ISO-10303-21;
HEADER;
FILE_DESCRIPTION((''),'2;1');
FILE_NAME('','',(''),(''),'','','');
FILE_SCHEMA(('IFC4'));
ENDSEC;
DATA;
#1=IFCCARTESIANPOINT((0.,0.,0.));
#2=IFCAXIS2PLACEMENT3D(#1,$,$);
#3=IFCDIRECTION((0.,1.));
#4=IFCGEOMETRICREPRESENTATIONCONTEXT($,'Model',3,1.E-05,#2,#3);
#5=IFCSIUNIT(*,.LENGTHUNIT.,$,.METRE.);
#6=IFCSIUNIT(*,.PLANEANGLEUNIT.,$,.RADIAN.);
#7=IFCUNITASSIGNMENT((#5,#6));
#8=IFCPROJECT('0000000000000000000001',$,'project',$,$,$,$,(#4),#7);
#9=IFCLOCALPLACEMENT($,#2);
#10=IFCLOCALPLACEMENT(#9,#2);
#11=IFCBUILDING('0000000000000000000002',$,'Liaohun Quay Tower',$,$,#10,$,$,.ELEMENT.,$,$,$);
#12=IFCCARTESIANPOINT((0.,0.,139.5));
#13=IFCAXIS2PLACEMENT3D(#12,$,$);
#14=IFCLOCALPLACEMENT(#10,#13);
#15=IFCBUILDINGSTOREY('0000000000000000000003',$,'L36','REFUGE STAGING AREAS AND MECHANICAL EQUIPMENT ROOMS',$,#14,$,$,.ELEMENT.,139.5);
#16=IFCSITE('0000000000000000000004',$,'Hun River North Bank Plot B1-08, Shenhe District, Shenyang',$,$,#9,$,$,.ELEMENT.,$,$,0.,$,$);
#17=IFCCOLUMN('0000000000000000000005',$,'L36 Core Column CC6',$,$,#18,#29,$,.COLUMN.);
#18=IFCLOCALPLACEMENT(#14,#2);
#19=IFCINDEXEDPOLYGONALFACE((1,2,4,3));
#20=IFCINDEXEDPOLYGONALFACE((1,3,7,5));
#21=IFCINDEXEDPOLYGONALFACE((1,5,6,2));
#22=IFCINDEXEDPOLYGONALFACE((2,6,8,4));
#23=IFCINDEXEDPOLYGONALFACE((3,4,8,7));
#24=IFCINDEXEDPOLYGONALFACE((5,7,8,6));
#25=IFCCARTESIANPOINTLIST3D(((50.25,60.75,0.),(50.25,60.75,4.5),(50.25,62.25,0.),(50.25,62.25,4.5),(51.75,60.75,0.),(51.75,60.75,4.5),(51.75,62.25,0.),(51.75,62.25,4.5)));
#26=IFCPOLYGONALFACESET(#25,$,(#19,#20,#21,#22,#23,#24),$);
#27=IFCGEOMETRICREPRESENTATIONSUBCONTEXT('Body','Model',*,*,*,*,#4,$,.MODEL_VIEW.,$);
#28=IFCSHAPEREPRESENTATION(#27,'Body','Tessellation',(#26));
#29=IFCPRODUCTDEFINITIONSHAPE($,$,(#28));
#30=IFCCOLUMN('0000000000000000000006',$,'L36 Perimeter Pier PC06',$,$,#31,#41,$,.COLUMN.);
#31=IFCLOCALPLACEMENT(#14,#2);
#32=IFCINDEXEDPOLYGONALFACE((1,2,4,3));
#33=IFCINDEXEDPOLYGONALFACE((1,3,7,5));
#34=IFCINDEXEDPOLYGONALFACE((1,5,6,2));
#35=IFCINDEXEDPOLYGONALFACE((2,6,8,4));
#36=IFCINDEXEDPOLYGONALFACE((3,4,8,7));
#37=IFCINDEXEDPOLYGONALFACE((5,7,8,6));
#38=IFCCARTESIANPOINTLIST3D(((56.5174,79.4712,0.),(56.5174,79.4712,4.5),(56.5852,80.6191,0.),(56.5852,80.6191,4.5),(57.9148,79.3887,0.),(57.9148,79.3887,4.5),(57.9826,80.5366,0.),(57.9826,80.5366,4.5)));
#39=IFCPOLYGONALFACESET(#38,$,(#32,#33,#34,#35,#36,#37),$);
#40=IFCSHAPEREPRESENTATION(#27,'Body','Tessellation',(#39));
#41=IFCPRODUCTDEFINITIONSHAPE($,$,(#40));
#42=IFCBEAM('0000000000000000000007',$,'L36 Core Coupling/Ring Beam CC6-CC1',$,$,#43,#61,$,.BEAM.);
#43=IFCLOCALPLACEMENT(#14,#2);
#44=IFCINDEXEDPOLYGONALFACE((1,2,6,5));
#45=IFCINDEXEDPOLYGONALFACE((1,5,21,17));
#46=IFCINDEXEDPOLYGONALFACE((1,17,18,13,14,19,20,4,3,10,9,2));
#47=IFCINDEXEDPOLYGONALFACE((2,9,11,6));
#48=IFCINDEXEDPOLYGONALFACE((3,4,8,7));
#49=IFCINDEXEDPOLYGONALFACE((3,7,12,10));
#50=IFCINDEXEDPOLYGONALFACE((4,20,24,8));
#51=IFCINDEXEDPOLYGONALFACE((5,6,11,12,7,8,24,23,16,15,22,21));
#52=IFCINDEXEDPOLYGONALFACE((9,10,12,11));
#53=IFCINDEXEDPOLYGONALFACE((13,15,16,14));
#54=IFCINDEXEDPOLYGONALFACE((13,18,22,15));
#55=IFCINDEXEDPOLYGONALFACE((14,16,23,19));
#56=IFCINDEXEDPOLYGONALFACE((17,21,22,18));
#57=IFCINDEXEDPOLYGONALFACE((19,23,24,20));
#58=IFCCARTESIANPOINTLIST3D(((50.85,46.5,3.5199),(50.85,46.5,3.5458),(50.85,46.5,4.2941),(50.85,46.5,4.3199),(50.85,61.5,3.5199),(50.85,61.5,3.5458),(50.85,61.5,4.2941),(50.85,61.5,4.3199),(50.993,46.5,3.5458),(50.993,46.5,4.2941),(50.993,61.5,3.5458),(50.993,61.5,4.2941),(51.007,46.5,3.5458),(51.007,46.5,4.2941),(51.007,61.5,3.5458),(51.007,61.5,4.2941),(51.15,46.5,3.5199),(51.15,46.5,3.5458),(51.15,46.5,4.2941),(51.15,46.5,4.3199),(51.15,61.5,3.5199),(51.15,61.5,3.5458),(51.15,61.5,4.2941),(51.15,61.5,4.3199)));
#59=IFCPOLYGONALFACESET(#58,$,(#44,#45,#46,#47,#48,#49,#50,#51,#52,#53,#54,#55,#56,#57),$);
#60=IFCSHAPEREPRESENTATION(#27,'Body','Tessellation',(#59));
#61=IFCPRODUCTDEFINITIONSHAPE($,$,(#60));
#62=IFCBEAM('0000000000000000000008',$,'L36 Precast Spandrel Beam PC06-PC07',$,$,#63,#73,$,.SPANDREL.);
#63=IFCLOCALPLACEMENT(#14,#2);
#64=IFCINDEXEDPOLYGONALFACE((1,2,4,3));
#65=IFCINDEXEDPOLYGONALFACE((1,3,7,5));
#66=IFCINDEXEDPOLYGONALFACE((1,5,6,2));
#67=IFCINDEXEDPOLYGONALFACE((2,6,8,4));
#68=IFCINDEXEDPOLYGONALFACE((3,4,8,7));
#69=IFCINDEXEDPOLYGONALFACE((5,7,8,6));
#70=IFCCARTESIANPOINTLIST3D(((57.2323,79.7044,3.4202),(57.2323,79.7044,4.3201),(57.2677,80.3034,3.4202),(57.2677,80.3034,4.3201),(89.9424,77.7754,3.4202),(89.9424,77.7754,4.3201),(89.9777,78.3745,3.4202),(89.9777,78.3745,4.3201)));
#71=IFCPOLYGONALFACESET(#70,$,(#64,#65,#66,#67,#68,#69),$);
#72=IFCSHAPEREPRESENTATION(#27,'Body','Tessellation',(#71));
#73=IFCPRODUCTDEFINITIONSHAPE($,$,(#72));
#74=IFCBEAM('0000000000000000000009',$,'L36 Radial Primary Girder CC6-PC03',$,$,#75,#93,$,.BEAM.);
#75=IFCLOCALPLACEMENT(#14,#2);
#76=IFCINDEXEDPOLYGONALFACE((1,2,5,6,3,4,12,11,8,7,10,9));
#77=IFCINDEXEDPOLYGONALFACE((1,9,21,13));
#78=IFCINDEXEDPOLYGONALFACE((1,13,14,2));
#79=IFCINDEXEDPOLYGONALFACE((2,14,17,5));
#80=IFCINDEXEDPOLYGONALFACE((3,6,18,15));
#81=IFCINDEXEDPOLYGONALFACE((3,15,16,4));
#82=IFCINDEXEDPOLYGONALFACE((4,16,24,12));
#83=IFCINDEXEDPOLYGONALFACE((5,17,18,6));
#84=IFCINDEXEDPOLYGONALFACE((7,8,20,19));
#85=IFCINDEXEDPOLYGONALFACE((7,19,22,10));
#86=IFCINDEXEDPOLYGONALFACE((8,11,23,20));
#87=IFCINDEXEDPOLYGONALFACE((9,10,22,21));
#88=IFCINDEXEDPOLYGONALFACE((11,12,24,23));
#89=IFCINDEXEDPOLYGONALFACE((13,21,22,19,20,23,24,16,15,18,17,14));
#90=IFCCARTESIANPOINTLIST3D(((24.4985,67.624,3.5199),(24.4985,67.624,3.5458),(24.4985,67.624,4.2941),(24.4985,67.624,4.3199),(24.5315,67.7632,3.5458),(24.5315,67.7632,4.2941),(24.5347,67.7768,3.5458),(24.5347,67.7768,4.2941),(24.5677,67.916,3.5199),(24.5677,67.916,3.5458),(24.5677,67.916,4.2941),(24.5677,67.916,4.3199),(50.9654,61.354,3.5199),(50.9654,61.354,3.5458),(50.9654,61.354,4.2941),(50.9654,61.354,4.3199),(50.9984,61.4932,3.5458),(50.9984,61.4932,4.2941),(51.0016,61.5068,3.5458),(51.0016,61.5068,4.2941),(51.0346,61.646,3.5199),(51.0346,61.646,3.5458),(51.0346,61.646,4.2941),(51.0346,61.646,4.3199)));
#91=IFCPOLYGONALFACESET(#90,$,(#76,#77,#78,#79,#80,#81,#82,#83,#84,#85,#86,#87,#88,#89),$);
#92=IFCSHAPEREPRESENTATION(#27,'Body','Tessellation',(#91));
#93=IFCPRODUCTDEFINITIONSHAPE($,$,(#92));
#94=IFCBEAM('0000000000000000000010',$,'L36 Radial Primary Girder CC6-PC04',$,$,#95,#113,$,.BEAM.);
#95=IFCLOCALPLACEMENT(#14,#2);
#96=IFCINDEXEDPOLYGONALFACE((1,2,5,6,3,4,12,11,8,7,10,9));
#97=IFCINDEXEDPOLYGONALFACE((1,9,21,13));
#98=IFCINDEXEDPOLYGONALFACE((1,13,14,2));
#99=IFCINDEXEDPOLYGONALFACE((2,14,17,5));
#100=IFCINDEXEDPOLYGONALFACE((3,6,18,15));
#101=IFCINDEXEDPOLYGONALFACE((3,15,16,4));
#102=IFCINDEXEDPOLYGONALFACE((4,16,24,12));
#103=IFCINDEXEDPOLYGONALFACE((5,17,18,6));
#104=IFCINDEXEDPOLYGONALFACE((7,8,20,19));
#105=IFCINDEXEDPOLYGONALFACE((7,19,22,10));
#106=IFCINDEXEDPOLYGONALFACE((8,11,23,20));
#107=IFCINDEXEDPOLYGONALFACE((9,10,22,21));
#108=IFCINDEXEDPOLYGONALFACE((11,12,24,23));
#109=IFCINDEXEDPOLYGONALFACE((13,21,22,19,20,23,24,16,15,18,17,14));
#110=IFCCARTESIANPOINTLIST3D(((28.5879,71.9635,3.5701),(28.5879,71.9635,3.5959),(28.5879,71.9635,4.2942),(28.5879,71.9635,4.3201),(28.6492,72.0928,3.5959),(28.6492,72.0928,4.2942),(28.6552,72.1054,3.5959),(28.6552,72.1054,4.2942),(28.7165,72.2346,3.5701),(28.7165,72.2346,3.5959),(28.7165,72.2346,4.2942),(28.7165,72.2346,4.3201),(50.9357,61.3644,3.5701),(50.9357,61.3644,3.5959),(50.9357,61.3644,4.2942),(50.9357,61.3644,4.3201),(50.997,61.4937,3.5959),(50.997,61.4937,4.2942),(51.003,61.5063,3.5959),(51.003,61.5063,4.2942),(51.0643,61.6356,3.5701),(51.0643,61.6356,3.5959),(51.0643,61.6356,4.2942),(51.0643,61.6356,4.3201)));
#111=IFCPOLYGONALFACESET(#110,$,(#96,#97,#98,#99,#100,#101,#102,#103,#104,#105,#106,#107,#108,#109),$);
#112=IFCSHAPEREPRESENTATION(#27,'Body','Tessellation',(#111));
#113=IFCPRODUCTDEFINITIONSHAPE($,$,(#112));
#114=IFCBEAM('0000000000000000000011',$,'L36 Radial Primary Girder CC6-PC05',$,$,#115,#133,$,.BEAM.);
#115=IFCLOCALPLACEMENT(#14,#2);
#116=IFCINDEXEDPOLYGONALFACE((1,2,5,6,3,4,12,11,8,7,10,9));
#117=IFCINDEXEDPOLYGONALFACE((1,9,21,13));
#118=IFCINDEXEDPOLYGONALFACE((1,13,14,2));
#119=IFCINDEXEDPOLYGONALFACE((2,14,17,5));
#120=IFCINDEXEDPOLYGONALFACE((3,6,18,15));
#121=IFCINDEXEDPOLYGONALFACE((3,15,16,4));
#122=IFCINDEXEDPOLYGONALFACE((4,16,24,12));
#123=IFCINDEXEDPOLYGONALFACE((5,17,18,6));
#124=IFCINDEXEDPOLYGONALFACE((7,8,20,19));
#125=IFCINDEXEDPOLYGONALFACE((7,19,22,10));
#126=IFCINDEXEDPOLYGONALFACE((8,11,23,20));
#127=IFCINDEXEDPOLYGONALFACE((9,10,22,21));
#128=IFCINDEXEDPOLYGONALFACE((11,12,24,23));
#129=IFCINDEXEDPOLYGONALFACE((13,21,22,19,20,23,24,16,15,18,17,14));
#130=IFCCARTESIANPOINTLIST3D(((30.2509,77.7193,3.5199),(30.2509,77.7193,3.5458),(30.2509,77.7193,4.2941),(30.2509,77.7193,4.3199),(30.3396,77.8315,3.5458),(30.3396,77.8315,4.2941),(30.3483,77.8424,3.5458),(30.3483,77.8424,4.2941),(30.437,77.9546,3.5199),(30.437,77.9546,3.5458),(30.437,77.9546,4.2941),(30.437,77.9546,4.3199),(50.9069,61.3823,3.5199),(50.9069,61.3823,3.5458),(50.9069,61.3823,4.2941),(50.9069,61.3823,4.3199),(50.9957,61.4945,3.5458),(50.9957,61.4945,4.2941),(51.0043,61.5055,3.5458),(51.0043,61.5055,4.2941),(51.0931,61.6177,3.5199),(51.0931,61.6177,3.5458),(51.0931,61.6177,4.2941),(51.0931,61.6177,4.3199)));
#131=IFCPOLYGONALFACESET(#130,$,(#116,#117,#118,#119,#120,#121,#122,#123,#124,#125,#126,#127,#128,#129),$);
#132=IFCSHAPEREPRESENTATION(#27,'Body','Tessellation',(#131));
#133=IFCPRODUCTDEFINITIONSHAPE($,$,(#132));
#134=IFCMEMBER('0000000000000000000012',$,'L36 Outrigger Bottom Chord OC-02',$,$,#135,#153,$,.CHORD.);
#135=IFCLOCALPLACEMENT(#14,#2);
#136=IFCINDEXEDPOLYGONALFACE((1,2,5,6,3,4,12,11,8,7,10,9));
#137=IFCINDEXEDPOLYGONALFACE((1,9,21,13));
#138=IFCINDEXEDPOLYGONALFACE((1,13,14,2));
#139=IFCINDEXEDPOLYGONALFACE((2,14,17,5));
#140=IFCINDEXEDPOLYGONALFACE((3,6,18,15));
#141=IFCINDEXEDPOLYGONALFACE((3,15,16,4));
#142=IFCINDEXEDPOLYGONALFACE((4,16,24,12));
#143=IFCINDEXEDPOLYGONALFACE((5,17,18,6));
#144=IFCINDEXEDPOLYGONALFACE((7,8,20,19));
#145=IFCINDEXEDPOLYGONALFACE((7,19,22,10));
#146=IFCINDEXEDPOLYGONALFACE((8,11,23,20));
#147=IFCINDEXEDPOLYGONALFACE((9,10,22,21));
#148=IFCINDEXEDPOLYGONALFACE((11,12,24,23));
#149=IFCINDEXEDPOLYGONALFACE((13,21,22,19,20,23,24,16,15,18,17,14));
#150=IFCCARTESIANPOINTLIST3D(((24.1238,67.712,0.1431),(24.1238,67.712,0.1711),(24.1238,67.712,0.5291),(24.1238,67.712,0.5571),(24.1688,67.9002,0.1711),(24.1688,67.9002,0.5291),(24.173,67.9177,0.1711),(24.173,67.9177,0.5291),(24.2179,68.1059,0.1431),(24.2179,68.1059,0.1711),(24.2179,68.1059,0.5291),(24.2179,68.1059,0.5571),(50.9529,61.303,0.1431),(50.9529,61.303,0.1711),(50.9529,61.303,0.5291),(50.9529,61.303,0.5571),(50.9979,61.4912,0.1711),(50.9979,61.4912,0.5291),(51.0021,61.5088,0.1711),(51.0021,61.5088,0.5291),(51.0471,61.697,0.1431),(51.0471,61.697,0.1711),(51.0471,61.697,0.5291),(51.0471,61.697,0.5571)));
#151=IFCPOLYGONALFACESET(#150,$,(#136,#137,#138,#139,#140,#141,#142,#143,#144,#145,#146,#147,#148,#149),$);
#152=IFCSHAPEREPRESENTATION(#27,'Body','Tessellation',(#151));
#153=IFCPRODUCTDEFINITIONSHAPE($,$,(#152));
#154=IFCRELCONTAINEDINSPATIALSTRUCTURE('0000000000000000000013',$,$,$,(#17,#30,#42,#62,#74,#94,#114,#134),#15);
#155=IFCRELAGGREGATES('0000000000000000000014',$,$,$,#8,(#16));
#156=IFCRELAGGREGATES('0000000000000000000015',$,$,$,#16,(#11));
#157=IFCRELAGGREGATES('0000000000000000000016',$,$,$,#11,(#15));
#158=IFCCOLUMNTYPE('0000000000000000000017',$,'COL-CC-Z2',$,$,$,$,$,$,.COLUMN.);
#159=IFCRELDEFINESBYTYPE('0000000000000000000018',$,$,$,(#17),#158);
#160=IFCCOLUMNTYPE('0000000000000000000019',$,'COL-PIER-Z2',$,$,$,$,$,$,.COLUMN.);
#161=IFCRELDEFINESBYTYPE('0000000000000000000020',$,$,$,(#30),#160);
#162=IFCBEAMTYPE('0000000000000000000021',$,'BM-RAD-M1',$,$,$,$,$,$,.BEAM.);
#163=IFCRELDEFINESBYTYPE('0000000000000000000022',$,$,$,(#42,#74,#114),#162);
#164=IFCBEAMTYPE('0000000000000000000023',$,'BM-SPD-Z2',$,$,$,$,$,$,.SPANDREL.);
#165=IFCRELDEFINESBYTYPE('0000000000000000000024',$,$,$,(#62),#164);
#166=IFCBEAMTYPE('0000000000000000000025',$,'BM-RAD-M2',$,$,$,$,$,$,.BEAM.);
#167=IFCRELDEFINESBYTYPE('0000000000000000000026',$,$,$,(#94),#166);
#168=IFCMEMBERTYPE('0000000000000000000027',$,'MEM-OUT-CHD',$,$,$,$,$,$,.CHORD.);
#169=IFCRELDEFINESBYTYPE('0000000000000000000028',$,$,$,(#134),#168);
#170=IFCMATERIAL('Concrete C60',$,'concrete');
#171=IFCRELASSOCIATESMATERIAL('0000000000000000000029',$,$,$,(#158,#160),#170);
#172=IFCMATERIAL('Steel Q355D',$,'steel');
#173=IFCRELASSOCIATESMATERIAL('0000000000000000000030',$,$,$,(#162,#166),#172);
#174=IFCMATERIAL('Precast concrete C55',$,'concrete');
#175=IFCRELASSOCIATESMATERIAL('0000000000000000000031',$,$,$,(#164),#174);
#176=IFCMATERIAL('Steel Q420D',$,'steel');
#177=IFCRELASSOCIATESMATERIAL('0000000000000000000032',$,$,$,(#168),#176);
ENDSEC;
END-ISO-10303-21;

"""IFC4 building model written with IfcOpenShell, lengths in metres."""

from ifc_helpers import new_model, si_unit, direction, frame, origin, origin_2d, place, context, subcontext, project, spatial, rectangle, i_section, extrude, source, transform, mapped, material, material_profile, profile_set, type_object, element, save


model = new_model("IFC4")

# Units and contexts
model_context = context("Model", 3, precision=1e-05, world=origin(), true_north=direction((0.0, 1.0)))
body_context = subcontext(model_context, "Body", "Model", "MODEL_VIEW")
ifc_project = project(units=[si_unit("LENGTHUNIT", "METRE"), si_unit("PLANEANGLEUNIT", "RADIAN")], contexts=[model_context])

# Site, building, storey
site_placement = place(None, origin())
site = spatial("IfcSite", under=ifc_project, at=site_placement, Name="Hun River North Bank Plot B1-08, Shenhe District, Shenyang", CompositionType="ELEMENT", RefElevation=0.0)
building_placement = place(site_placement, origin())
building = spatial("IfcBuilding", under=site, at=building_placement, Name="Liaohun Quay Tower", CompositionType="ELEMENT")
storey_placement = place(building_placement, frame((0.0, 0.0, 139.5)))
storey = spatial("IfcBuildingStorey", under=building, at=storey_placement, Name="L36", Description="REFUGE STAGING AREAS AND MECHANICAL EQUIPMENT ROOMS", CompositionType="ELEMENT", Elevation=139.5)

# Columns
ifc_material_1 = material(Name="Concrete C60", Category="concrete")
ifc_material_profile_1 = material_profile(ifc_material_1, rectangle(XDim=1.5, YDim=1.5, at=origin_2d()), Name="RC1500x1500")
ifc_profile_set_1 = profile_set([ifc_material_profile_1], Name="Concrete C60")
column_type_1 = type_object("IfcColumnType", Name="COL-CC-Z2", PredefinedType="COLUMN", material=ifc_profile_set_1)
shared_shape_1 = source(origin(), body_context, "Body", "SweptSolid", [
    extrude(rectangle(XDim=1.5, YDim=1.5, at=origin_2d()), origin(), (0.0, 0.0, 1.0), 4.5),
])
column_1_placement = place(storey_placement, frame((51.0, 61.5, 0.0), z_axis=(0.0, 0.0, 1.0), x_axis=(1.0, 0.0, 0.0)))
element("IfcColumn", 1, at=column_1_placement, inside=storey, type_object=column_type_1, Name="L36 Core Column CC6", PredefinedType="COLUMN", context=body_context, shape_type="MappedRepresentation", body=[
    mapped(shared_shape_1, transform((0.0, 0.0, 0.0), x_axis=(1.0, 0.0, 0.0), y_axis=(0.0, 1.0, 0.0), z_axis=(0.0, 0.0, 1.0), scale=1.0)),
])
ifc_material_profile_2 = material_profile(ifc_material_1, rectangle(XDim=1.3999, YDim=1.1499, at=origin_2d()), Name="RC1400x1150")
ifc_profile_set_2 = profile_set([ifc_material_profile_2], Name="Concrete C60")
column_type_2 = type_object("IfcColumnType", Name="COL-PIER-Z2", PredefinedType="COLUMN", material=ifc_profile_set_2)
shared_shape_2 = source(origin(), body_context, "Body", "SweptSolid", [
    extrude(rectangle(XDim=1.3999, YDim=1.1499, at=origin_2d()), origin(), (0.0, 0.0, 1.0), 4.5),
])
column_2_placement = place(storey_placement, frame((57.25, 80.0039, 0.0), z_axis=(0.0, 0.0, 1.0), x_axis=(-0.99826, 0.058958, 0.0)))
element("IfcColumn", 2, at=column_2_placement, inside=storey, type_object=column_type_2, Name="L36 Perimeter Pier PC06", PredefinedType="COLUMN", context=body_context, shape_type="MappedRepresentation", body=[
    mapped(shared_shape_2, transform((0.0, 0.0, 0.0), x_axis=(1.0, 0.0, 0.0), y_axis=(0.0, 1.0, 0.0), z_axis=(0.0, 0.0, 1.0), scale=1.0)),
])

# Beams
ifc_material_2 = material(Name="Steel Q355D", Category="steel")
ifc_material_profile_3 = material_profile(ifc_material_2, i_section(OverallWidth=0.3, OverallDepth=0.8, WebThickness=0.0139, FlangeThickness=0.0259, at=origin_2d()), Name="HN800x300x14x26")
ifc_profile_set_3 = profile_set([ifc_material_profile_3], Name="Steel Q355D")
beam_type_1 = type_object("IfcBeamType", Name="BM-RAD-M1", PredefinedType="BEAM", material=ifc_profile_set_3)
shared_shape_3 = source(origin(), body_context, "Body", "SweptSolid", [
    extrude(i_section(OverallWidth=0.3, OverallDepth=0.8, WebThickness=0.0139, FlangeThickness=0.0259, at=origin_2d()), origin(), (0.0, 0.0, 1.0), 15.0),
])
beam_1_placement = place(storey_placement, frame((51.0, 61.5, 3.9199), z_axis=(0.0, -1.0, 0.0), x_axis=(1.0, 0.0, 0.0)))
element("IfcBeam", 3, at=beam_1_placement, inside=storey, type_object=beam_type_1, Name="L36 Core Coupling/Ring Beam CC6-CC1", PredefinedType="BEAM", context=body_context, shape_type="MappedRepresentation", body=[
    mapped(shared_shape_3, transform((0.0, 0.0, 0.0), x_axis=(1.0, 0.0, 0.0), y_axis=(0.0, 1.0, 0.0), z_axis=(0.0, 0.0, 1.0), scale=1.0)),
])
ifc_material_3 = material(Name="Precast concrete C55", Category="concrete")
ifc_material_profile_4 = material_profile(ifc_material_3, rectangle(XDim=0.6001, YDim=0.8999, at=origin_2d()), Name="RC600x900")
ifc_profile_set_4 = profile_set([ifc_material_profile_4], Name="Precast concrete C55")
beam_type_2 = type_object("IfcBeamType", Name="BM-SPD-Z2", PredefinedType="SPANDREL", material=ifc_profile_set_4)
shared_shape_4 = source(origin(), body_context, "Body", "SweptSolid", [
    extrude(rectangle(XDim=0.6001, YDim=0.8999, at=origin_2d()), origin(), (0.0, 0.0, 1.0), 32.7668),
])
beam_2_placement = place(storey_placement, frame((57.25, 80.0039, 3.8701), z_axis=(0.998266, -0.058869, 0.0), x_axis=(0.058869, 0.998266, 0.0)))
element("IfcBeam", 4, at=beam_2_placement, inside=storey, type_object=beam_type_2, Name="L36 Precast Spandrel Beam PC06-PC07", PredefinedType="SPANDREL", context=body_context, shape_type="MappedRepresentation", body=[
    mapped(shared_shape_4, transform((0.0, 0.0, 0.0), x_axis=(1.0, 0.0, 0.0), y_axis=(0.0, 1.0, 0.0), z_axis=(0.0, 0.0, 1.0), scale=1.0)),
])
shared_shape_5 = source(origin(), body_context, "Body", "SweptSolid", [
    extrude(i_section(OverallWidth=0.3, OverallDepth=0.8, WebThickness=0.0139, FlangeThickness=0.0259, at=origin_2d()), origin(), (0.0, 0.0, 1.0), 27.1995),
])
beam_3_placement = place(storey_placement, frame((51.0, 61.5, 3.9199), z_axis=(-0.973068, 0.230519, 0.0), x_axis=(-0.230519, -0.973068, 0.0)))
element("IfcBeam", 5, at=beam_3_placement, inside=storey, type_object=beam_type_1, Name="L36 Radial Primary Girder CC6-PC03", PredefinedType="BEAM", context=body_context, shape_type="MappedRepresentation", body=[
    mapped(shared_shape_5, transform((0.0, 0.0, 0.0), x_axis=(1.0, 0.0, 0.0), y_axis=(0.0, 1.0, 0.0), z_axis=(0.0, 0.0, 1.0), scale=1.0)),
])
ifc_material_profile_5 = material_profile(ifc_material_2, i_section(OverallWidth=0.3, OverallDepth=0.75, WebThickness=0.0139, FlangeThickness=0.0259, at=origin_2d()), Name="HN750x300x14x26")
ifc_profile_set_5 = profile_set([ifc_material_profile_5], Name="Steel Q355D")
beam_type_3 = type_object("IfcBeamType", Name="BM-RAD-M2", PredefinedType="BEAM", material=ifc_profile_set_5)
shared_shape_6 = source(origin(), body_context, "Body", "SweptSolid", [
    extrude(i_section(OverallWidth=0.3, OverallDepth=0.75, WebThickness=0.0139, FlangeThickness=0.0259, at=origin_2d()), origin(), (0.0, 0.0, 1.0), 24.7339),
])
beam_4_placement = place(storey_placement, frame((51.0, 61.5, 3.9451), z_axis=(-0.90353, 0.428525, 0.0), x_axis=(-0.428525, -0.90353, 0.0)))
element("IfcBeam", 6, at=beam_4_placement, inside=storey, type_object=beam_type_3, Name="L36 Radial Primary Girder CC6-PC04", PredefinedType="BEAM", context=body_context, shape_type="MappedRepresentation", body=[
    mapped(shared_shape_6, transform((0.0, 0.0, 0.0), x_axis=(1.0, 0.0, 0.0), y_axis=(0.0, 1.0, 0.0), z_axis=(0.0, 0.0, 1.0), scale=1.0)),
])
shared_shape_7 = source(origin(), body_context, "Body", "SweptSolid", [
    extrude(i_section(OverallWidth=0.3, OverallDepth=0.8, WebThickness=0.0139, FlangeThickness=0.0259, at=origin_2d()), origin(), (0.0, 0.0, 1.0), 26.3357),
])
beam_5_placement = place(storey_placement, frame((51.0, 61.5, 3.9199), z_axis=(-0.784337, 0.620335, 0.0), x_axis=(-0.620335, -0.784337, 0.0)))
element("IfcBeam", 7, at=beam_5_placement, inside=storey, type_object=beam_type_1, Name="L36 Radial Primary Girder CC6-PC05", PredefinedType="BEAM", context=body_context, shape_type="MappedRepresentation", body=[
    mapped(shared_shape_7, transform((0.0, 0.0, 0.0), x_axis=(1.0, 0.0, 0.0), y_axis=(0.0, 1.0, 0.0), z_axis=(0.0, 0.0, 1.0), scale=1.0)),
])

# Member
ifc_material_4 = material(Name="Steel Q420D", Category="steel")
ifc_material_profile_6 = material_profile(ifc_material_4, i_section(OverallWidth=0.405, OverallDepth=0.4141, WebThickness=0.0181, FlangeThickness=0.0281, at=origin_2d()), Name="HW414x405x18x28")
ifc_profile_set_6 = profile_set([ifc_material_profile_6], Name="Steel Q420D")
member_type_1 = type_object("IfcMemberType", Name="MEM-OUT-CHD", PredefinedType="CHORD", material=ifc_profile_set_6)
shared_shape_8 = source(origin(), body_context, "Body", "SweptSolid", [
    extrude(i_section(OverallWidth=0.405, OverallDepth=0.4141, WebThickness=0.0181, FlangeThickness=0.0281, at=origin_2d()), origin(), (0.0, 0.0, 1.0), 27.584),
])
member_1_placement = place(storey_placement, frame((51.0, 61.5, 0.3501), z_axis=(-0.972634, 0.232343, 0.0), x_axis=(-0.232343, -0.972634, 0.0)))
element("IfcMember", 8, at=member_1_placement, inside=storey, type_object=member_type_1, Name="L36 Outrigger Bottom Chord OC-02", PredefinedType="CHORD", context=body_context, shape_type="MappedRepresentation", body=[
    mapped(shared_shape_8, transform((0.0, 0.0, 0.0), x_axis=(1.0, 0.0, 0.0), y_axis=(0.0, 1.0, 0.0), z_axis=(0.0, 0.0, 1.0), scale=1.0)),
])

save(model, "model.ifc")
